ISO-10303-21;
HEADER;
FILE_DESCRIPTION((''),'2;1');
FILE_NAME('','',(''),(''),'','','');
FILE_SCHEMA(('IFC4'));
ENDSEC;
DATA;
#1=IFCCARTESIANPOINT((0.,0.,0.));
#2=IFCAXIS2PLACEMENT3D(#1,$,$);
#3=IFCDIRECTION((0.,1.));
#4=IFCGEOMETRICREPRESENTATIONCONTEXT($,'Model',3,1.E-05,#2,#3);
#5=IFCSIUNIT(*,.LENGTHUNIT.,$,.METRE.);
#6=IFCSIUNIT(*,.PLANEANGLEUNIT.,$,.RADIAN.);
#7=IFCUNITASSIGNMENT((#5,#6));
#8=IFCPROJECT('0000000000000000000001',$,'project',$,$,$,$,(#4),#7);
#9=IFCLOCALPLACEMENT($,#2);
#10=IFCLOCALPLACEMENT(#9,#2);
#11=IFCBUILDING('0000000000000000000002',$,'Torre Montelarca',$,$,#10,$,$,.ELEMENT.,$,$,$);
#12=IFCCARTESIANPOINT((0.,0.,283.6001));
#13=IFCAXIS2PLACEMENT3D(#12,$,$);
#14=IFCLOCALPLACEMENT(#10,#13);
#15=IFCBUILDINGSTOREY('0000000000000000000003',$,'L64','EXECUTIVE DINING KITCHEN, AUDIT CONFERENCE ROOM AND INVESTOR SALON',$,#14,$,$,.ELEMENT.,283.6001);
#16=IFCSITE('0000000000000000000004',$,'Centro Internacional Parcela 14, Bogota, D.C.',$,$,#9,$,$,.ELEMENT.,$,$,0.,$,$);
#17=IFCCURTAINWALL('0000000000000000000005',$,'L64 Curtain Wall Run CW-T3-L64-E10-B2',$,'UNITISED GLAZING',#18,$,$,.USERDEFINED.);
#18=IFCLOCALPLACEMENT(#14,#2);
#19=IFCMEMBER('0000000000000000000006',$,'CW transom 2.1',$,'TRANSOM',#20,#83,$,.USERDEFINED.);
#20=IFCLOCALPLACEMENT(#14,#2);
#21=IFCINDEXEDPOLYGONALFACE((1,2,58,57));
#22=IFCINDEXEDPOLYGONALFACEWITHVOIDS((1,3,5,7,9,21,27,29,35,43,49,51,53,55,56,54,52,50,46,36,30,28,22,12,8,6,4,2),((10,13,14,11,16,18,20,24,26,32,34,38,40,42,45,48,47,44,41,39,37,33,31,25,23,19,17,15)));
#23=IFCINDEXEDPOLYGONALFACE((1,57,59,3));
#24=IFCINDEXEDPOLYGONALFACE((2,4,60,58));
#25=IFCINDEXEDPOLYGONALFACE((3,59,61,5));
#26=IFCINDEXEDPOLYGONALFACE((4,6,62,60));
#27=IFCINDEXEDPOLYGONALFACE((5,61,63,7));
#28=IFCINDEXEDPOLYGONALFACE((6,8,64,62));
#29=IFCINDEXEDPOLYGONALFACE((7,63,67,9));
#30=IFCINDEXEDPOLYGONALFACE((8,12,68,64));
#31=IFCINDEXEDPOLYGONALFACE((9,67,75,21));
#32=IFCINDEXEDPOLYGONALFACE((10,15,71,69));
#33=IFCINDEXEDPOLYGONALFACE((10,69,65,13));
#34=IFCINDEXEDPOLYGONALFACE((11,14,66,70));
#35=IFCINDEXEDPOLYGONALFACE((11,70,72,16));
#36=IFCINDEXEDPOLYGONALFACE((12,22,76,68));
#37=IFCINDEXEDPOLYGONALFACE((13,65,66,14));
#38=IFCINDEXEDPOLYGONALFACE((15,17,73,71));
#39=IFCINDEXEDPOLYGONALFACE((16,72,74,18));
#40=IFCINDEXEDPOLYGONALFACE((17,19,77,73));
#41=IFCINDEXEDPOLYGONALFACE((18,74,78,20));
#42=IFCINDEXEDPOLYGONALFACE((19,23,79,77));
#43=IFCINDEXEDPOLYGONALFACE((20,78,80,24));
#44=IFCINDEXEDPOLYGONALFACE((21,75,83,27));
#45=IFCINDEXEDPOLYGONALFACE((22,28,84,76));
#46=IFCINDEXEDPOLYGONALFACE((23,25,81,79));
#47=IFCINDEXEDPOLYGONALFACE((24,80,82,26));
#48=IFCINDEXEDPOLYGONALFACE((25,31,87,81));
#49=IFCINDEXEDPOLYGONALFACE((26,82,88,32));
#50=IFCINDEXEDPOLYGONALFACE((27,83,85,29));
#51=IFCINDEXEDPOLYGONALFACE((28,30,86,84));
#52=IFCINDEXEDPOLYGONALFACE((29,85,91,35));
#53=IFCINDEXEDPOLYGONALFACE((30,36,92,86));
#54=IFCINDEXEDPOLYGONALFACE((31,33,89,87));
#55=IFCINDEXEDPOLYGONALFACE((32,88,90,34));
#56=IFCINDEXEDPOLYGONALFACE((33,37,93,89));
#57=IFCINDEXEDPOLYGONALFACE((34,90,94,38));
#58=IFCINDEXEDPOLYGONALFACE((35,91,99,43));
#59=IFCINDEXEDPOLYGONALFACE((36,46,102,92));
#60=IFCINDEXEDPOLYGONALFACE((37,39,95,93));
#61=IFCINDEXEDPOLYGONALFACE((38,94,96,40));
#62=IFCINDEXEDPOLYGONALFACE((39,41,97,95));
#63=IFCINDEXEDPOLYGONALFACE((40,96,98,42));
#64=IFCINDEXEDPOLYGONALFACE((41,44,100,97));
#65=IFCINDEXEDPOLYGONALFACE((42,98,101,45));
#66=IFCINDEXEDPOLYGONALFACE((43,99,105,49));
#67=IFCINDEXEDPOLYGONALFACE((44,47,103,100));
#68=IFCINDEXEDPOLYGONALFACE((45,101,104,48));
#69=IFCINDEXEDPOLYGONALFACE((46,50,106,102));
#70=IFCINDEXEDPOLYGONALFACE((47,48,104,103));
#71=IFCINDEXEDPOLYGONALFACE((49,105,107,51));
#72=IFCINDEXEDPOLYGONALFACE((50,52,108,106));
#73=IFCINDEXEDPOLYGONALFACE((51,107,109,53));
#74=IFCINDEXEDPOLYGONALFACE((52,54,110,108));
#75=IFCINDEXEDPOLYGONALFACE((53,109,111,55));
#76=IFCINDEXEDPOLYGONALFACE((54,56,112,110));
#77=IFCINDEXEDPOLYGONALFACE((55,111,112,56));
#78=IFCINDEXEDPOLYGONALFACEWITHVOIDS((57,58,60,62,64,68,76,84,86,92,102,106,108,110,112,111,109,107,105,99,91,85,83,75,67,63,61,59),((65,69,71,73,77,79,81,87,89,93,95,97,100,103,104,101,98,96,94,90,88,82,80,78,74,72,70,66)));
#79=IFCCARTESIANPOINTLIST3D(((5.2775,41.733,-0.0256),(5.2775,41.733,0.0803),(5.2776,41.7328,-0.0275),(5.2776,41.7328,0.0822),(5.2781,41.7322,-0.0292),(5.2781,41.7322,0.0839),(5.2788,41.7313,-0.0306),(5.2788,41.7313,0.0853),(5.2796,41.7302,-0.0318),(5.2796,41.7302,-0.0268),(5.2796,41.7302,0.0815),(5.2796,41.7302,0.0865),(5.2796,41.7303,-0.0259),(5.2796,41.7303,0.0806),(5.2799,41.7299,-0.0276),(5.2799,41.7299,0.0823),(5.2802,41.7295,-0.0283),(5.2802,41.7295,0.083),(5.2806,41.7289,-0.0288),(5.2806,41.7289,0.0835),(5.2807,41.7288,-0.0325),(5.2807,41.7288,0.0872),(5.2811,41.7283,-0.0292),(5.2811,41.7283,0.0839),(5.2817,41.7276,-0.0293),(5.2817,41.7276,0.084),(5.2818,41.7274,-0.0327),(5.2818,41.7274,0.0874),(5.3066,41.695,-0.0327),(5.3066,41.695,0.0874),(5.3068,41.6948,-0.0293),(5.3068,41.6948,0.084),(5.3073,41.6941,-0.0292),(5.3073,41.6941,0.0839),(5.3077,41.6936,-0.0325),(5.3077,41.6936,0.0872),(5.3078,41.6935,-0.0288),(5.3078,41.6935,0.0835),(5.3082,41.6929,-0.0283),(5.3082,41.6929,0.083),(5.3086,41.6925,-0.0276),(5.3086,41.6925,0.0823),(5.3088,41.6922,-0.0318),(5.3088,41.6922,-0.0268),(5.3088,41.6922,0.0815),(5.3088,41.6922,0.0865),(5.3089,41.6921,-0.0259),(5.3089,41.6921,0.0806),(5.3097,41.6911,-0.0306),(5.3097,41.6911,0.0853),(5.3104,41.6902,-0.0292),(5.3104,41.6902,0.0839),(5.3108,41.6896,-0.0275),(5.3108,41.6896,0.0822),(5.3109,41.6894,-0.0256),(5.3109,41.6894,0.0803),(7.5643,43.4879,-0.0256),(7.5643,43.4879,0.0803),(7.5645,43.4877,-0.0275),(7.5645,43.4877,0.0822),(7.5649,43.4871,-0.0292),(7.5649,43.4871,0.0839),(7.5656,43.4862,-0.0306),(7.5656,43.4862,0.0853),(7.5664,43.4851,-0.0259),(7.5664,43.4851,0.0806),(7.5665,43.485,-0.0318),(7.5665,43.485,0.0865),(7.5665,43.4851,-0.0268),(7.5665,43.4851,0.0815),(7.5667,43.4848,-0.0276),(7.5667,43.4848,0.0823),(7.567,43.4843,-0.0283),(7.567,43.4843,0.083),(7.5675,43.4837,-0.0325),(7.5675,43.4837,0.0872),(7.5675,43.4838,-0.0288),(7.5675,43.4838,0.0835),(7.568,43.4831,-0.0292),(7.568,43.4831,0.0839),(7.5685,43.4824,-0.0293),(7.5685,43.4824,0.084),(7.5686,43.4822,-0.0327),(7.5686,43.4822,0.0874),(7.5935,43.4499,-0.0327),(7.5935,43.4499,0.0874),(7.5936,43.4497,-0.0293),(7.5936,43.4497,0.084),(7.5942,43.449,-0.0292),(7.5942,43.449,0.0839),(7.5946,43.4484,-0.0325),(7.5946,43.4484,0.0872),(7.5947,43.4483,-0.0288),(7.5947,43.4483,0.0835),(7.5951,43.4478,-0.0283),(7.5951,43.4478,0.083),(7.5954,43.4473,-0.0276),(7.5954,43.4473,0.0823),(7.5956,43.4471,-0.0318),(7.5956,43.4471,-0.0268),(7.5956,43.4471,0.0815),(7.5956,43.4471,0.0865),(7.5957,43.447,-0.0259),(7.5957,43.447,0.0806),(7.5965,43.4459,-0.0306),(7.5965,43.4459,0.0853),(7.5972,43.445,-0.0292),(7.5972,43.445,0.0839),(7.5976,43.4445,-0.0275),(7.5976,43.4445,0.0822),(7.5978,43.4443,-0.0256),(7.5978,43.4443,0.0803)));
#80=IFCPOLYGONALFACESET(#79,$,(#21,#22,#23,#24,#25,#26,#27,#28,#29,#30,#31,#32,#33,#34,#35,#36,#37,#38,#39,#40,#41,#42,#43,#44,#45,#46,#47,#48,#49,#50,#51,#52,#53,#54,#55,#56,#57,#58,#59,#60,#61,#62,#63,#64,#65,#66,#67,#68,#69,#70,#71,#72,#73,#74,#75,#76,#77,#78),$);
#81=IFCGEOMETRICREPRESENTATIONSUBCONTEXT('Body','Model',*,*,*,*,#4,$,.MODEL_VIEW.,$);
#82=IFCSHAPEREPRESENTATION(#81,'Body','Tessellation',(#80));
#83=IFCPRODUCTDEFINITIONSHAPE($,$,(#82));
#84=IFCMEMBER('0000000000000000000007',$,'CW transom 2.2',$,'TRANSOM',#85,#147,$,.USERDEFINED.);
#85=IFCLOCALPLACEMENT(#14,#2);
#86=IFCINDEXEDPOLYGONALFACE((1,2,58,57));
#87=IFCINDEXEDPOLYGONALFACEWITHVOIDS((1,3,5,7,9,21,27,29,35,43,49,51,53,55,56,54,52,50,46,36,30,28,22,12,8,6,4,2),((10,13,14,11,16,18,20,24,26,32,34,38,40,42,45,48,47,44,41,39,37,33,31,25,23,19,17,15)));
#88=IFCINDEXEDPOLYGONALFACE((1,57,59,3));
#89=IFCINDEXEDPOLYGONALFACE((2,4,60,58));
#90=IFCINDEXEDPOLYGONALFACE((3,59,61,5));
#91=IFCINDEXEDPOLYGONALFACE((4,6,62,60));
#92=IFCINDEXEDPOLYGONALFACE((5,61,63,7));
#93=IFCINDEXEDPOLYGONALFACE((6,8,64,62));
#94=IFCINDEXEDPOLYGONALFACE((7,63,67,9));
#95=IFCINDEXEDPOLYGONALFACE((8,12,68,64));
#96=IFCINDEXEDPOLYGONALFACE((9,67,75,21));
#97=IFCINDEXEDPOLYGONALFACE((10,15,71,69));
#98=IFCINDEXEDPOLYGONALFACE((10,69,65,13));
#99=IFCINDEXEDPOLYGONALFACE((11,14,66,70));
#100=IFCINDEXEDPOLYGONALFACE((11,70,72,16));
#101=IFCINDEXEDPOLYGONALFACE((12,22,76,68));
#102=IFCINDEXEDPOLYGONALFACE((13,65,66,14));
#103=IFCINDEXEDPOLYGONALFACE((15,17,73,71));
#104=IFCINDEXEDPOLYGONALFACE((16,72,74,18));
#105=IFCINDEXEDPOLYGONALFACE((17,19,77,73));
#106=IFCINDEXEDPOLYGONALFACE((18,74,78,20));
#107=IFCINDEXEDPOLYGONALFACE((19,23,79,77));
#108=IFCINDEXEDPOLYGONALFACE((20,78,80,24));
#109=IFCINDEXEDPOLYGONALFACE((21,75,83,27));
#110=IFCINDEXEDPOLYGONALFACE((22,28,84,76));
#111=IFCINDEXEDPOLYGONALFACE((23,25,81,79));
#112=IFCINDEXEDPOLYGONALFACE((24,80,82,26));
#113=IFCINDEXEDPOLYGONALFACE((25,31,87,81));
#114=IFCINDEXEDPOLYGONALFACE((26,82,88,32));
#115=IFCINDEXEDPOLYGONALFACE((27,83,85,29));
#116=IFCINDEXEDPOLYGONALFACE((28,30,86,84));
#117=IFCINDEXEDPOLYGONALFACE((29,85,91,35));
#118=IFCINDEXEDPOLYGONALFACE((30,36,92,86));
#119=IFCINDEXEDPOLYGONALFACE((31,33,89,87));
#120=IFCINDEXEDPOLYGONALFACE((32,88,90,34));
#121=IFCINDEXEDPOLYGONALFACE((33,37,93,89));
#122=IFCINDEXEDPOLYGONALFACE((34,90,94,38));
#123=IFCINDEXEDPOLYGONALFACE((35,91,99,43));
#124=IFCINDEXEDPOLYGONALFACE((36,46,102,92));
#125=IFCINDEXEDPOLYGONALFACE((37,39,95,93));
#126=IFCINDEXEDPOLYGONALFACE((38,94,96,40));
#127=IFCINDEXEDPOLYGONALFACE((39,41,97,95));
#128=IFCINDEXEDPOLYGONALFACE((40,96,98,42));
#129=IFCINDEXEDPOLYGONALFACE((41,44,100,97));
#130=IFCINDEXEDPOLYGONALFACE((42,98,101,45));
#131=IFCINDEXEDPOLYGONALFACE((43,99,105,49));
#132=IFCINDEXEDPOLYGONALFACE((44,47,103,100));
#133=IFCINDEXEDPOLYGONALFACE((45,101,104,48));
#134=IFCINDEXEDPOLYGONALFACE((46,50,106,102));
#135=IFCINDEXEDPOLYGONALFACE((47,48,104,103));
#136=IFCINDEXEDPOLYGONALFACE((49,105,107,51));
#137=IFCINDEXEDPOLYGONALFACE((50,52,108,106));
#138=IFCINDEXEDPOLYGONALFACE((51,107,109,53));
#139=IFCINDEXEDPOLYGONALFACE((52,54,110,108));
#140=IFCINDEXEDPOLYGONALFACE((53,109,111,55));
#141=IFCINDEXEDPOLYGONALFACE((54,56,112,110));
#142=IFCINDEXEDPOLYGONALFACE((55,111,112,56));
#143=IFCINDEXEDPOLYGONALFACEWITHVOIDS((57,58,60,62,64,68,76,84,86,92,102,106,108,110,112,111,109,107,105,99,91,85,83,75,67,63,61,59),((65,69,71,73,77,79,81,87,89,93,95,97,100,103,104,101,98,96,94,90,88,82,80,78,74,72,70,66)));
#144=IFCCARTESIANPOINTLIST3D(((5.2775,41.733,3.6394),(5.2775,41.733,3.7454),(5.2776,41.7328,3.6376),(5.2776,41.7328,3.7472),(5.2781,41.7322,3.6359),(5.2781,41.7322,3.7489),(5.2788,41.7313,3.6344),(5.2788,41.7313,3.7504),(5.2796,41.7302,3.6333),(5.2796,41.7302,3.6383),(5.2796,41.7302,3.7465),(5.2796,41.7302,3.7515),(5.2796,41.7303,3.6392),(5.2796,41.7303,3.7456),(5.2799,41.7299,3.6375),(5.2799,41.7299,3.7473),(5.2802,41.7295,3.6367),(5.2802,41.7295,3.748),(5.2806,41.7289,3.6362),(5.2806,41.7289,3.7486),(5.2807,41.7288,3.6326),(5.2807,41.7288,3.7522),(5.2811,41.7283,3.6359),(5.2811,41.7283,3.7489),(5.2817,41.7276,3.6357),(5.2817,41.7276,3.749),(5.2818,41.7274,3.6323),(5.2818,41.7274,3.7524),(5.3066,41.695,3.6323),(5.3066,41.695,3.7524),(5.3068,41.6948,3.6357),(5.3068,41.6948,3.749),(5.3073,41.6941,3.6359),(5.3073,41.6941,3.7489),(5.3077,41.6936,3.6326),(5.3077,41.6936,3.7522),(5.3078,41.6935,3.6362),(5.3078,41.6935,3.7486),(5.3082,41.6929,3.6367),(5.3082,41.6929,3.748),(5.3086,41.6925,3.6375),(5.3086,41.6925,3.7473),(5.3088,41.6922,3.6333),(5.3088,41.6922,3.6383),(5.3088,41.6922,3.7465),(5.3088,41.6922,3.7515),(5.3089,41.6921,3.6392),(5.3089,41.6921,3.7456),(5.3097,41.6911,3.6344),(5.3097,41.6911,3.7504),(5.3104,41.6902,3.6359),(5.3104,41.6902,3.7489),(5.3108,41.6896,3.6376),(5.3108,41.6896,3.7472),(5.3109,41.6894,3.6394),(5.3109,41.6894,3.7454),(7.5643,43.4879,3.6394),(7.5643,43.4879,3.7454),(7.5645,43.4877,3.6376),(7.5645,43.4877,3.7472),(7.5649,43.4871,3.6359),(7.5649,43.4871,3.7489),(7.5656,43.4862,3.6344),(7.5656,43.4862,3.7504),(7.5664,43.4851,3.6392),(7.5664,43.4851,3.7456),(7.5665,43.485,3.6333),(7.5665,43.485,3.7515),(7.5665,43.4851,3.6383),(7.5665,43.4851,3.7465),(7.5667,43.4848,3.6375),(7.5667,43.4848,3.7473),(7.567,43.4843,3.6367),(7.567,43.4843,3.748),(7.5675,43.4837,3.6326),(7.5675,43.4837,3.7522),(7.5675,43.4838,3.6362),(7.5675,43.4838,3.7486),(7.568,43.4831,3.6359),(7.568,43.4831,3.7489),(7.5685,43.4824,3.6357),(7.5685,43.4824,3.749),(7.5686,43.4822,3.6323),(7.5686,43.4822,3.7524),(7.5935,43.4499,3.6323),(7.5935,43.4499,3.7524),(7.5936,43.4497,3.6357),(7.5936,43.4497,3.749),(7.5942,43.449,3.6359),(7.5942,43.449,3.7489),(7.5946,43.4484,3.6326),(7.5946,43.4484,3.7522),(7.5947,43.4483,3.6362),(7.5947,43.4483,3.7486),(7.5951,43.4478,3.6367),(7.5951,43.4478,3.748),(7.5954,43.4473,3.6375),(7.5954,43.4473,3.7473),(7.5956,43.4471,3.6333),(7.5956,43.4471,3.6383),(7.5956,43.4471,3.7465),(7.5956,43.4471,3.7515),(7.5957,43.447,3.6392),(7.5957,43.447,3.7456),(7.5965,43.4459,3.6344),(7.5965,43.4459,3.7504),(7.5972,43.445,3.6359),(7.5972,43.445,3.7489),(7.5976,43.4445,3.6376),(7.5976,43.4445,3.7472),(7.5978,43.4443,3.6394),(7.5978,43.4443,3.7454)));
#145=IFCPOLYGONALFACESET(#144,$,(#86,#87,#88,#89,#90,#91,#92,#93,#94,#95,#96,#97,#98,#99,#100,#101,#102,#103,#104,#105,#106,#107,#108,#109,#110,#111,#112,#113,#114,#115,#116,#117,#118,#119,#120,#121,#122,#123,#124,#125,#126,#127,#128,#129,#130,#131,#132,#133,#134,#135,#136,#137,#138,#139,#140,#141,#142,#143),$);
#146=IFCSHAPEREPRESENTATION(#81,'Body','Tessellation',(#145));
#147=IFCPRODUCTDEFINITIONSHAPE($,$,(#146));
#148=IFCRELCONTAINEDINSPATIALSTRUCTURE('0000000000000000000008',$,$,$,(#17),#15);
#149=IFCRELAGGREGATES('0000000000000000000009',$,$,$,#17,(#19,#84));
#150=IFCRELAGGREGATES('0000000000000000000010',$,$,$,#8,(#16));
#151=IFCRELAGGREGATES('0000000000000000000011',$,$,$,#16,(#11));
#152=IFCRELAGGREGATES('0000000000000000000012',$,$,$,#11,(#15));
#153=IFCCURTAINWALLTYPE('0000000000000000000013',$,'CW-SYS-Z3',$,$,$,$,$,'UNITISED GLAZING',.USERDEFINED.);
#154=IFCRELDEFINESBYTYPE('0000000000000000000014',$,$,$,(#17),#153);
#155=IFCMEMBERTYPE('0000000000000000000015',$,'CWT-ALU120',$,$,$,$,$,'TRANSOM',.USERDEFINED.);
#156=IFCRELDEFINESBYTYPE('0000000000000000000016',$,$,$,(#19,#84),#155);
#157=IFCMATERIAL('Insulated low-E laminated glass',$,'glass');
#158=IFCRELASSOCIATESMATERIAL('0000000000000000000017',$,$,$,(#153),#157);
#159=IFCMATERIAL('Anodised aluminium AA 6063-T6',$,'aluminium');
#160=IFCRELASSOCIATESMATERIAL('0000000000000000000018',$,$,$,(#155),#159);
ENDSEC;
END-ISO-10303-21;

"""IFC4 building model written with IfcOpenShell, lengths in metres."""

from ifc_helpers import new_model, si_unit, direction, frame, origin, origin_2d, place, context, subcontext, project, spatial, hollow_rectangle, extrude, source, transform, mapped, material, material_profile, profile_set, type_object, element, aggregate, save


model = new_model("IFC4")

# Units and contexts
model_context = context("Model", 3, precision=1e-05, world=origin(), true_north=direction((0.0, 1.0)))
body_context = subcontext(model_context, "Body", "Model", "MODEL_VIEW")
ifc_project = project(units=[si_unit("LENGTHUNIT", "METRE"), si_unit("PLANEANGLEUNIT", "RADIAN")], contexts=[model_context])

# Site, building, storey
site_placement = place(None, origin())
site = spatial("IfcSite", under=ifc_project, at=site_placement, Name="Centro Internacional Parcela 14, Bogota, D.C.", CompositionType="ELEMENT", RefElevation=0.0)
building_placement = place(site_placement, origin())
building = spatial("IfcBuilding", under=site, at=building_placement, Name="Torre Montelarca", CompositionType="ELEMENT")
storey_placement = place(building_placement, frame((0.0, 0.0, 283.6001)))
storey = spatial("IfcBuildingStorey", under=building, at=storey_placement, Name="L64", Description="EXECUTIVE DINING KITCHEN, AUDIT CONFERENCE ROOM AND INVESTOR SALON", CompositionType="ELEMENT", Elevation=283.6001)

# Curtain wall
ifc_material_1 = material(Name="Insulated low-E laminated glass", Category="glass")
curtain_wall_type = type_object("IfcCurtainWallType", Name="CW-SYS-Z3", ElementType="UNITISED GLAZING", PredefinedType="USERDEFINED", material=ifc_material_1)
curtain_wall_1_placement = place(storey_placement, origin())
curtain_wall_1 = element("IfcCurtainWall", 1, at=curtain_wall_1_placement, inside=storey, type_object=curtain_wall_type, Name="L64 Curtain Wall Run CW-T3-L64-E10-B2", ObjectType="UNITISED GLAZING", PredefinedType="USERDEFINED")
ifc_material_2 = material(Name="Anodised aluminium AA 6063-T6", Category="aluminium")

# Members
ifc_material_profile_1 = material_profile(ifc_material_2, hollow_rectangle(XDim=0.0549, YDim=0.1201, WallThickness=0.0034, InnerFilletRadius=0.0034, OuterFilletRadius=0.0071, at=origin_2d()), Name="ALU55X120X3.5", Category="aluminium")
ifc_profile_set_1 = profile_set([ifc_material_profile_1], Name="Anodised aluminium AA 6063-T6")
member_type_1 = type_object("IfcMemberType", Name="CWT-ALU120", ElementType="TRANSOM", PredefinedType="USERDEFINED", material=ifc_profile_set_1)
shared_shape_1 = source(origin(), body_context, "Body", "SweptSolid", [
    extrude(hollow_rectangle(XDim=0.0549, YDim=0.1201, WallThickness=0.0034, InnerFilletRadius=0.0034, OuterFilletRadius=0.0071, at=origin_2d()), origin(), (0.0, 0.0, 1.0), 2.8826),
])
member_1_placement = place(storey_placement, frame((7.5811, 43.4661, 0.0273), z_axis=(-0.793335, -0.608785, 0.0), x_axis=(0.608785, -0.793335, 0.0)))
member_1 = element("IfcMember", 2, at=member_1_placement, type_object=member_type_1, Name="CW transom 2.1", ObjectType="TRANSOM", PredefinedType="USERDEFINED", context=body_context, shape_type="MappedRepresentation", body=[
    mapped(shared_shape_1, transform((0.0, 0.0, 0.0), scale=1.0)),
])
member_2_placement = place(storey_placement, frame((7.5811, 43.4661, 3.6924), z_axis=(-0.793335, -0.608785, 0.0), x_axis=(0.608785, -0.793335, 0.0)))
member_2 = element("IfcMember", 3, at=member_2_placement, type_object=member_type_1, Name="CW transom 2.2", ObjectType="TRANSOM", PredefinedType="USERDEFINED", context=body_context, shape_type="MappedRepresentation", body=[
    mapped(shared_shape_1, transform((0.0, 0.0, 0.0), scale=1.0)),
])

aggregate(curtain_wall_1, [member_1, member_2])

save(model, "model.ifc")
